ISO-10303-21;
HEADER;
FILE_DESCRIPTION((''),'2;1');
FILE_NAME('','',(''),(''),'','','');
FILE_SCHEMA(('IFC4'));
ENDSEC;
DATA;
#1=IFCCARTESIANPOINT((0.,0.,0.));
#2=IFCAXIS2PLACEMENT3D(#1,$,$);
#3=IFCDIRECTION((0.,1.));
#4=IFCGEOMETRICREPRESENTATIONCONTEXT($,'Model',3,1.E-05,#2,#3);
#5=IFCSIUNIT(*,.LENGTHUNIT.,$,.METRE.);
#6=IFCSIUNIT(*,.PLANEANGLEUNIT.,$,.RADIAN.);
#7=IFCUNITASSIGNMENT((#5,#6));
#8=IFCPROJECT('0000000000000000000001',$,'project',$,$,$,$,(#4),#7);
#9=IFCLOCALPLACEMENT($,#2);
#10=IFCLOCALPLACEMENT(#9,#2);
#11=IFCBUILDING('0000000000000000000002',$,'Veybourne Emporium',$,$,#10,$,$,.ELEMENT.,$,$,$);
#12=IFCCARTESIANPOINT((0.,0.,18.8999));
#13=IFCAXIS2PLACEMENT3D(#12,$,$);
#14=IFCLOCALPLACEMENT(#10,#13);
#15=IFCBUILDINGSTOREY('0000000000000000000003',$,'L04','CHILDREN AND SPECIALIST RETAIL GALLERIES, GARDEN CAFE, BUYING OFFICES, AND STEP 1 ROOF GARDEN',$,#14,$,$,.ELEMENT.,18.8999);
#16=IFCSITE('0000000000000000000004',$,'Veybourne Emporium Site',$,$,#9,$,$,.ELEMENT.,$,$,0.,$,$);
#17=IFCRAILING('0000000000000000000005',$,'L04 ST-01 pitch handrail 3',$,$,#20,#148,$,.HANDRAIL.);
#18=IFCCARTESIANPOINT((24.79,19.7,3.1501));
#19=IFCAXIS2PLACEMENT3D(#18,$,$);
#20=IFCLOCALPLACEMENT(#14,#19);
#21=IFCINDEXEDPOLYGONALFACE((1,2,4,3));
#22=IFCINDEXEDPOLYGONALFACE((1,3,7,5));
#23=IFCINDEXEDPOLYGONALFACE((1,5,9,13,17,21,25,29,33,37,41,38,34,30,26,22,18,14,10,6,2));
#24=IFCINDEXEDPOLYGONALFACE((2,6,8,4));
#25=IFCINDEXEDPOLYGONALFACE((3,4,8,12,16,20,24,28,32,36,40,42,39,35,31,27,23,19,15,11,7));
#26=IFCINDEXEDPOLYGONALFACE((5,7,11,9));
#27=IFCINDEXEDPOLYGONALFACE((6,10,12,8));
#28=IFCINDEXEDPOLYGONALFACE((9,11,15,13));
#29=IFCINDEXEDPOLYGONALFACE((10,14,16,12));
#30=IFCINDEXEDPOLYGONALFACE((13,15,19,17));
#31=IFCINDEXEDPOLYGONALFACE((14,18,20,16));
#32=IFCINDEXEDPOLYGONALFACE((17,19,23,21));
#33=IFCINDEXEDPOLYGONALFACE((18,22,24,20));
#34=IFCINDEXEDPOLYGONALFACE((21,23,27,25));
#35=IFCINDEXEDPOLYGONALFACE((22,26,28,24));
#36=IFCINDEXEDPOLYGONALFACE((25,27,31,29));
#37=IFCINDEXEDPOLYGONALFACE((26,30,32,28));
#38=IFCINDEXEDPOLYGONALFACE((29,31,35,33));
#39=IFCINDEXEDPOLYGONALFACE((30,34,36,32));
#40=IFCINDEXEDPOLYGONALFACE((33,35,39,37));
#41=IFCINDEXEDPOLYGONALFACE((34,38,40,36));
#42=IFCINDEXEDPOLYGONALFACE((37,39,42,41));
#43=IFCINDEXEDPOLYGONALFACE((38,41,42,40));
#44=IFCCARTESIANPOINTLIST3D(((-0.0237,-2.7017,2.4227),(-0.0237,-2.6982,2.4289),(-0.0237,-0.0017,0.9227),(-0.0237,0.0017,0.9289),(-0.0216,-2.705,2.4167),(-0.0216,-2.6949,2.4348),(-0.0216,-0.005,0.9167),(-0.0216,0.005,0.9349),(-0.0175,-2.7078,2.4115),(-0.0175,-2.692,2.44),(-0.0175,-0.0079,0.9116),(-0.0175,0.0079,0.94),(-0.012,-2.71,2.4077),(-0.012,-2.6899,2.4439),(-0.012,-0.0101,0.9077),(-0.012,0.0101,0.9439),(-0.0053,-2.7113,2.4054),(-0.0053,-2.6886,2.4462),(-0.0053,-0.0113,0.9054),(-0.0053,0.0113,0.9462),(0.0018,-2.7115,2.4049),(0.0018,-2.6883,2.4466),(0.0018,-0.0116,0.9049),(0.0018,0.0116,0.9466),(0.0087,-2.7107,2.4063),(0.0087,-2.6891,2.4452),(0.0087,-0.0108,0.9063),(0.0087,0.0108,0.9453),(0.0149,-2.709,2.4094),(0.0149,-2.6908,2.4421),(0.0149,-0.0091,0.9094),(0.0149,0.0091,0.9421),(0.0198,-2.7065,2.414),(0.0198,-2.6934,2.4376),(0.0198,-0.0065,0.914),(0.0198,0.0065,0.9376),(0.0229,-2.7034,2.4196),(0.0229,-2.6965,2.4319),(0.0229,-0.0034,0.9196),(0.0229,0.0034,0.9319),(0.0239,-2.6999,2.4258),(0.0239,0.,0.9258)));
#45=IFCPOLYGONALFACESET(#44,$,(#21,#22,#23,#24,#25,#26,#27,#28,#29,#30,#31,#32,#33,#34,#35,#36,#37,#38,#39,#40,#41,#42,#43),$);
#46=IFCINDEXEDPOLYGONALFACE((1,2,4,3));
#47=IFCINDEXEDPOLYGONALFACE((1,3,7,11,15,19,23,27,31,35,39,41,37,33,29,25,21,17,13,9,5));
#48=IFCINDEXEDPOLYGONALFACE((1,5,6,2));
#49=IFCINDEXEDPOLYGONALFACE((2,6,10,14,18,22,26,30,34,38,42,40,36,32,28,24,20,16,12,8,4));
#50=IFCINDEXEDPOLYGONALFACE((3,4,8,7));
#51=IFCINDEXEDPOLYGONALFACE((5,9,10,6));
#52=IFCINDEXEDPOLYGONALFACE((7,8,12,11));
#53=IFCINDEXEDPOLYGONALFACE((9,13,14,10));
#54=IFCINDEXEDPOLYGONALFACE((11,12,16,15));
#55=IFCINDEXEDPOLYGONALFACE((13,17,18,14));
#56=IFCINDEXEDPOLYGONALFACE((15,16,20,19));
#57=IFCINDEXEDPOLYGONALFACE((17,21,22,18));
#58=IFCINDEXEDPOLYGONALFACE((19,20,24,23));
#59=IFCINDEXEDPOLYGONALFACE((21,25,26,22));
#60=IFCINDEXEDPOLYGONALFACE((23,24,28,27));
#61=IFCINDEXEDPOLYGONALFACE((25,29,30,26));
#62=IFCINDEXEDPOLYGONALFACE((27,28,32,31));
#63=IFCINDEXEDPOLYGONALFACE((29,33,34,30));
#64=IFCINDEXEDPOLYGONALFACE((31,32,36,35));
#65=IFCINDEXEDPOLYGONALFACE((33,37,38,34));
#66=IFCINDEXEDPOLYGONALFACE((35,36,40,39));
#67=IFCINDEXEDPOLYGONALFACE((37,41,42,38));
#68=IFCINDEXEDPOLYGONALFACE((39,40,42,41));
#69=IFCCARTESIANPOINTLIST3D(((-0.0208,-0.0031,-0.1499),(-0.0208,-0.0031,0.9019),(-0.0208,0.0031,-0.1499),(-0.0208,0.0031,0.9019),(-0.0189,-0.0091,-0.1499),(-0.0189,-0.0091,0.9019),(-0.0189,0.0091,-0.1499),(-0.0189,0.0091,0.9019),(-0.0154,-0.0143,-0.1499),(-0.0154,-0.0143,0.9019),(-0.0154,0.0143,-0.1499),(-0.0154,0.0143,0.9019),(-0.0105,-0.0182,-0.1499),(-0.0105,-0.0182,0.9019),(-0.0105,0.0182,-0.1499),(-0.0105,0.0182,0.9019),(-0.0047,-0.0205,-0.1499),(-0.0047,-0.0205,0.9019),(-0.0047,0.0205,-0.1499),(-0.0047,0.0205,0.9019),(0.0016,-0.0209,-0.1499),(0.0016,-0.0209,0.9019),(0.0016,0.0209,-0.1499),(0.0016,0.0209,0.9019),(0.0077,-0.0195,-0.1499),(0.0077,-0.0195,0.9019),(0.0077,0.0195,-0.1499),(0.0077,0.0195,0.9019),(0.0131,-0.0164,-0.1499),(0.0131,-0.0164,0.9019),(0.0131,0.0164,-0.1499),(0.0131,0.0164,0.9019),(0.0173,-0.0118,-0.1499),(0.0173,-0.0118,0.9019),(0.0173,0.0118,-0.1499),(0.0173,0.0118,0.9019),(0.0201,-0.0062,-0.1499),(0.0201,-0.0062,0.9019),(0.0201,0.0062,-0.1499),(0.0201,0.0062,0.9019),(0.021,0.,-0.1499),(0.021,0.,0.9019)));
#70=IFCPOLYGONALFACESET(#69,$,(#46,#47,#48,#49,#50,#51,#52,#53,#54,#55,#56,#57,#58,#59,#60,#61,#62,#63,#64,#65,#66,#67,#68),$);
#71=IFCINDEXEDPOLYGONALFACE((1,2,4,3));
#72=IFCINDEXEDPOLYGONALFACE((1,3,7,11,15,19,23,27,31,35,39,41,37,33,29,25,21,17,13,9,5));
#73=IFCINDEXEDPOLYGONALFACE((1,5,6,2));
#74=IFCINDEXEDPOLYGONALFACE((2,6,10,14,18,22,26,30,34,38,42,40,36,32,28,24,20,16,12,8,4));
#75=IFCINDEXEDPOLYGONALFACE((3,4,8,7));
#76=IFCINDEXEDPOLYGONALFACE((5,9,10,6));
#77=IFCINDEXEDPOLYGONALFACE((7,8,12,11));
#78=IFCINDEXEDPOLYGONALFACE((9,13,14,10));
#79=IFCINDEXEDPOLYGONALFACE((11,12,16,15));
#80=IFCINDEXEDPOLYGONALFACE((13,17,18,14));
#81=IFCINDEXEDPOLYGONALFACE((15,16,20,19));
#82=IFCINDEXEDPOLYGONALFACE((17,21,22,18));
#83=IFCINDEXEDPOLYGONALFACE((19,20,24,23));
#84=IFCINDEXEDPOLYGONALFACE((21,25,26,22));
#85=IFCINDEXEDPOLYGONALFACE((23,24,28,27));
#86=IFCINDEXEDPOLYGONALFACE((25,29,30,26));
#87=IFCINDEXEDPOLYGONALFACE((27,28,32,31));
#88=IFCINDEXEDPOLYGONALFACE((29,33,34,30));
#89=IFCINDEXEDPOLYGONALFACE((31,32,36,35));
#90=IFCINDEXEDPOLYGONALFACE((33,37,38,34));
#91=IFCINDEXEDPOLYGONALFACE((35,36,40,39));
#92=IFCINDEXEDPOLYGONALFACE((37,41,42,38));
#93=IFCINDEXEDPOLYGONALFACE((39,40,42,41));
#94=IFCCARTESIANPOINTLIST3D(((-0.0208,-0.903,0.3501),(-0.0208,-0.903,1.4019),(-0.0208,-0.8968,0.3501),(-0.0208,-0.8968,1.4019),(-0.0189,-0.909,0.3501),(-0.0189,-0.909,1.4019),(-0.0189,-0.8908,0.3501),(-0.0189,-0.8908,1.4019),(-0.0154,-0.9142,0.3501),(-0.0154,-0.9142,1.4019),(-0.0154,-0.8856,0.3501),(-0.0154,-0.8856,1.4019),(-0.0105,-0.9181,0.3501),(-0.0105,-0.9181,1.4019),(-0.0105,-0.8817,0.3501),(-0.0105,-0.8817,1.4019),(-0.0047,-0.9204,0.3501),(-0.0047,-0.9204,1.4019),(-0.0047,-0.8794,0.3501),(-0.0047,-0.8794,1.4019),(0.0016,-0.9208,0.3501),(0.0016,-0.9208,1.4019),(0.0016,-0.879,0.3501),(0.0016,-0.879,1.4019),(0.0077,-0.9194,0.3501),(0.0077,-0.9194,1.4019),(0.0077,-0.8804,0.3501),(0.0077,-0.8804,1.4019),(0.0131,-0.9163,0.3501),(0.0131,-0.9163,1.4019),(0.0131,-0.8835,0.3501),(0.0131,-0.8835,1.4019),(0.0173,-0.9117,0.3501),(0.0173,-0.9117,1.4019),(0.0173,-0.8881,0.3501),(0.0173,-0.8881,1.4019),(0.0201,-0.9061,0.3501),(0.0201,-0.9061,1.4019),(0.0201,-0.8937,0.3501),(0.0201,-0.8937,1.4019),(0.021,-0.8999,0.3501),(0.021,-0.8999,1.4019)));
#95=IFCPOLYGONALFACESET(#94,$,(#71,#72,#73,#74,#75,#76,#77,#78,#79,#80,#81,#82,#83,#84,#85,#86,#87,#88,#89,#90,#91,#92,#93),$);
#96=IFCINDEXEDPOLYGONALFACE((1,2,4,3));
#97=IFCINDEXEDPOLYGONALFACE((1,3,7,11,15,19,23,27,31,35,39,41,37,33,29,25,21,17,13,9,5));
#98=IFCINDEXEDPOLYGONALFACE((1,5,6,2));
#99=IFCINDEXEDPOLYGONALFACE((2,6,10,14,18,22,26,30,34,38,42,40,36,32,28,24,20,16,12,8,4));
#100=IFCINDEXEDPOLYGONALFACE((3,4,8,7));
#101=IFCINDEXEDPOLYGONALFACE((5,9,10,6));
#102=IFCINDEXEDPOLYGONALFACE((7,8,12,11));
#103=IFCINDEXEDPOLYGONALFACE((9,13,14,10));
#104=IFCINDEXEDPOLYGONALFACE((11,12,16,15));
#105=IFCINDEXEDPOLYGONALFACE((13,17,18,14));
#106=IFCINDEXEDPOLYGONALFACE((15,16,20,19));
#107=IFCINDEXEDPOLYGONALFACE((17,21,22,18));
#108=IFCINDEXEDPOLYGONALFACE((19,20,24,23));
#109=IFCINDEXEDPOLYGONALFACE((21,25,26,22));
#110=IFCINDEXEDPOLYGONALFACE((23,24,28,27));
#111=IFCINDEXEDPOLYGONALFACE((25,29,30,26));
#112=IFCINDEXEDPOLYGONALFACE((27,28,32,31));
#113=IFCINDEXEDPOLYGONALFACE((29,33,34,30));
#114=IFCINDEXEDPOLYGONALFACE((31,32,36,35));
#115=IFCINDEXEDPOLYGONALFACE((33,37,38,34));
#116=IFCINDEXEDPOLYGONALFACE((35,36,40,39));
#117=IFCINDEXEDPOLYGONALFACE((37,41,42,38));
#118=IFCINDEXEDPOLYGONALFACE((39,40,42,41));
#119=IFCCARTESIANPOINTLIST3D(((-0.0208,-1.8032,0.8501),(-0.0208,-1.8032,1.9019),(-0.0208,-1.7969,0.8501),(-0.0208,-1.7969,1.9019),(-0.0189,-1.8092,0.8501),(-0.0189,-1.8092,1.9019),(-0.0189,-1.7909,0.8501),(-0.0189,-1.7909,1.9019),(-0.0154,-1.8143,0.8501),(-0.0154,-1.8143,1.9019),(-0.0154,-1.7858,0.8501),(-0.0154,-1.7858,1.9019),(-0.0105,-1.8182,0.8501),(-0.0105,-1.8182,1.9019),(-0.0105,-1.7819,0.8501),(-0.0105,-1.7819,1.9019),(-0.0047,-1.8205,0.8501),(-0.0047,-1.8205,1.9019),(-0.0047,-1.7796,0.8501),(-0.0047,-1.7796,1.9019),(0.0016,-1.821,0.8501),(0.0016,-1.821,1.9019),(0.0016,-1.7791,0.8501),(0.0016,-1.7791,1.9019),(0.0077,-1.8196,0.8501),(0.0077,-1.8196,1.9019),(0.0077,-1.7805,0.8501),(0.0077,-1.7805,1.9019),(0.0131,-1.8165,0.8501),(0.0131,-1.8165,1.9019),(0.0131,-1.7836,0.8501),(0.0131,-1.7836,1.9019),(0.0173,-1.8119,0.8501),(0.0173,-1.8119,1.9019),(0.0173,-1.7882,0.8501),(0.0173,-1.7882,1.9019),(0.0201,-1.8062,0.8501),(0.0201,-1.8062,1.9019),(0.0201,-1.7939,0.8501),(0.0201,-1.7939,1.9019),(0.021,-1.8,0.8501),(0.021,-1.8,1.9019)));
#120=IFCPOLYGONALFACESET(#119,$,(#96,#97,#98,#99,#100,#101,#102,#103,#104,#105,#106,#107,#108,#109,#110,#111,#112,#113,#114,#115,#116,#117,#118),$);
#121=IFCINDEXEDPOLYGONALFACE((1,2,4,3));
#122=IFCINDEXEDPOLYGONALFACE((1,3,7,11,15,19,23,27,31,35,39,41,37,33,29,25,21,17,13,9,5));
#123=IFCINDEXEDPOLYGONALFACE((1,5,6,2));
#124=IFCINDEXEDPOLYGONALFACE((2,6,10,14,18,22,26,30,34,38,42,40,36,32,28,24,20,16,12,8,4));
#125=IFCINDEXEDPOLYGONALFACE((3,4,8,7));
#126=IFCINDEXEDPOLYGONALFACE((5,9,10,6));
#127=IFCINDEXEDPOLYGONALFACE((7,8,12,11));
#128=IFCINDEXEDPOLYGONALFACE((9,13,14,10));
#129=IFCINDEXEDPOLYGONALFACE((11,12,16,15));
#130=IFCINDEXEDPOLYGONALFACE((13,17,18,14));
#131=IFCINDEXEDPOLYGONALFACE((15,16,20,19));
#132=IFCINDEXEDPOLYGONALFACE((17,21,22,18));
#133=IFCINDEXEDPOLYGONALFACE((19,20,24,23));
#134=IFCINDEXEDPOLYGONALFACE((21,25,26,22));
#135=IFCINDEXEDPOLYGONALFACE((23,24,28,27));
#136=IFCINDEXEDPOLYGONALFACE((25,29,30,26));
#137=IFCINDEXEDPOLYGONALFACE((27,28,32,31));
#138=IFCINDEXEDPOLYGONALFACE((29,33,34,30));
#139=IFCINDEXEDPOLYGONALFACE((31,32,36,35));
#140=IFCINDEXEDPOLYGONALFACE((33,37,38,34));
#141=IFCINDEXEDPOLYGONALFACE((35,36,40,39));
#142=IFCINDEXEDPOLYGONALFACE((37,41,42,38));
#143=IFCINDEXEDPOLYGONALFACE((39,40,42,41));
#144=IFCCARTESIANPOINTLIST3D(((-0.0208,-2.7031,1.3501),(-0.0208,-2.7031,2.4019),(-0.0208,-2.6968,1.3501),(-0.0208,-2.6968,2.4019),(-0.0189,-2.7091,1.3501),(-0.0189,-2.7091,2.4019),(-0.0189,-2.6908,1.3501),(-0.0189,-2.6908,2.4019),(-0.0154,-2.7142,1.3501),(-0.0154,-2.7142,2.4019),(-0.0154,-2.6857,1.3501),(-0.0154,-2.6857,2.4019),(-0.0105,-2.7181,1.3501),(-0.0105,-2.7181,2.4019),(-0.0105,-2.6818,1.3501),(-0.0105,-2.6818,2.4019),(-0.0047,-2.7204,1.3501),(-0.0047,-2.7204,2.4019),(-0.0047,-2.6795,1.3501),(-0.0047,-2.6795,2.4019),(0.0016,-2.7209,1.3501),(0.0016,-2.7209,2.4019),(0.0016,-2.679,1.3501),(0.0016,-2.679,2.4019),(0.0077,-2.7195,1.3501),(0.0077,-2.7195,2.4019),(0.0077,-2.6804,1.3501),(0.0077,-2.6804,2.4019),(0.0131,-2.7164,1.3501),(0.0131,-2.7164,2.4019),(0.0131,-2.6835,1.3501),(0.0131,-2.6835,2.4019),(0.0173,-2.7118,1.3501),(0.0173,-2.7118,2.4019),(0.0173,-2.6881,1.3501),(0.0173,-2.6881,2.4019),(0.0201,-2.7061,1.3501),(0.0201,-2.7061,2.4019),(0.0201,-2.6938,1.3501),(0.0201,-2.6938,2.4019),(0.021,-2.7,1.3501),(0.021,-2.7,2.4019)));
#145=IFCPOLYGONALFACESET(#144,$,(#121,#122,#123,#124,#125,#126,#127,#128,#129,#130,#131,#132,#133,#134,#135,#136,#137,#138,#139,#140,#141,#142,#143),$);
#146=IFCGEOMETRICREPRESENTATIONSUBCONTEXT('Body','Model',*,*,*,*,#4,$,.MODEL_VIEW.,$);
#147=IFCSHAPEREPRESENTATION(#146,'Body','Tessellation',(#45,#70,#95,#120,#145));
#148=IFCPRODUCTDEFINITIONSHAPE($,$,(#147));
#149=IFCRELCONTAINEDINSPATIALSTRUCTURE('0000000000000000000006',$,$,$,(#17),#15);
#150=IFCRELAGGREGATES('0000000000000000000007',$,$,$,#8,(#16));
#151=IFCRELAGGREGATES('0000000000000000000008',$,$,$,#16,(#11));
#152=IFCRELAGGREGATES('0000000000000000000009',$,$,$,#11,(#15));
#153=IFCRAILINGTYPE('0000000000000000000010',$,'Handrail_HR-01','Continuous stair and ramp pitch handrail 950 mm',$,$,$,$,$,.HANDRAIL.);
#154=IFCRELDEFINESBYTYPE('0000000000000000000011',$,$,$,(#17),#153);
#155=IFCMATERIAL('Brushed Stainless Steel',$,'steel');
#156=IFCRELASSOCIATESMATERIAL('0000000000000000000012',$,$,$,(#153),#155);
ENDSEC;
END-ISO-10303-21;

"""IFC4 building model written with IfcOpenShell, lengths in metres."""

from ifc_helpers import new_model, si_unit, direction, frame, origin, origin_2d, place, context, subcontext, project, spatial, circle, extrude, material, type_object, element, save


model = new_model("IFC4")

# Units and contexts
model_context = context("Model", 3, precision=1e-05, world=origin(), true_north=direction((0.0, 1.0)))
body_context = subcontext(model_context, "Body", "Model", "MODEL_VIEW")
ifc_project = project(units=[si_unit("LENGTHUNIT", "METRE"), si_unit("PLANEANGLEUNIT", "RADIAN")], contexts=[model_context])

# Site, building, storey
site_placement = place(None, origin())
site = spatial("IfcSite", under=ifc_project, at=site_placement, Name="Veybourne Emporium Site", CompositionType="ELEMENT", RefElevation=0.0)
building_placement = place(site_placement, origin())
building = spatial("IfcBuilding", under=site, at=building_placement, Name="Veybourne Emporium", CompositionType="ELEMENT")
storey_placement = place(building_placement, frame((0.0, 0.0, 18.8999)))
storey = spatial("IfcBuildingStorey", under=building, at=storey_placement, Name="L04", Description="CHILDREN AND SPECIALIST RETAIL GALLERIES, GARDEN CAFE, BUYING OFFICES, AND STEP 1 ROOF GARDEN", CompositionType="ELEMENT", Elevation=18.8999)

# Railing
ifc_material_1 = material(Name="Brushed Stainless Steel", Category="steel")
railing_type_1 = type_object("IfcRailingType", Name="Handrail_HR-01", Description="Continuous stair and ramp pitch handrail 950 mm", PredefinedType="HANDRAIL", material=ifc_material_1)
railing_1_placement = place(storey_placement, frame((24.79, 19.7, 3.1501)))
element("IfcRailing", 1, at=railing_1_placement, inside=storey, type_object=railing_type_1, Name="L04 ST-01 pitch handrail 3", PredefinedType="HANDRAIL", context=body_context, shape_type="SweptSolid", body=[
    extrude(circle(Radius=0.0239, at=origin_2d()), frame((0.0, 0.0, 0.9258), z_axis=(0.0, -0.874154, 0.48565), x_axis=(1.0, 0.0, 0.0)), (0.0, 0.0, 1.0), 3.0886),
    extrude(circle(Radius=0.021, at=origin_2d()), frame((0.0, 0.0, -0.1499)), (0.0, 0.0, 1.0), 1.0518),
    extrude(circle(Radius=0.021, at=origin_2d()), frame((0.0, -0.8999, 0.3501)), (0.0, 0.0, 1.0), 1.0518),
    extrude(circle(Radius=0.021, at=origin_2d()), frame((0.0, -1.8, 0.8501)), (0.0, 0.0, 1.0), 1.0518),
    extrude(circle(Radius=0.021, at=origin_2d()), frame((0.0, -2.7, 1.3501)), (0.0, 0.0, 1.0), 1.0518),
])

save(model, "model.ifc")
